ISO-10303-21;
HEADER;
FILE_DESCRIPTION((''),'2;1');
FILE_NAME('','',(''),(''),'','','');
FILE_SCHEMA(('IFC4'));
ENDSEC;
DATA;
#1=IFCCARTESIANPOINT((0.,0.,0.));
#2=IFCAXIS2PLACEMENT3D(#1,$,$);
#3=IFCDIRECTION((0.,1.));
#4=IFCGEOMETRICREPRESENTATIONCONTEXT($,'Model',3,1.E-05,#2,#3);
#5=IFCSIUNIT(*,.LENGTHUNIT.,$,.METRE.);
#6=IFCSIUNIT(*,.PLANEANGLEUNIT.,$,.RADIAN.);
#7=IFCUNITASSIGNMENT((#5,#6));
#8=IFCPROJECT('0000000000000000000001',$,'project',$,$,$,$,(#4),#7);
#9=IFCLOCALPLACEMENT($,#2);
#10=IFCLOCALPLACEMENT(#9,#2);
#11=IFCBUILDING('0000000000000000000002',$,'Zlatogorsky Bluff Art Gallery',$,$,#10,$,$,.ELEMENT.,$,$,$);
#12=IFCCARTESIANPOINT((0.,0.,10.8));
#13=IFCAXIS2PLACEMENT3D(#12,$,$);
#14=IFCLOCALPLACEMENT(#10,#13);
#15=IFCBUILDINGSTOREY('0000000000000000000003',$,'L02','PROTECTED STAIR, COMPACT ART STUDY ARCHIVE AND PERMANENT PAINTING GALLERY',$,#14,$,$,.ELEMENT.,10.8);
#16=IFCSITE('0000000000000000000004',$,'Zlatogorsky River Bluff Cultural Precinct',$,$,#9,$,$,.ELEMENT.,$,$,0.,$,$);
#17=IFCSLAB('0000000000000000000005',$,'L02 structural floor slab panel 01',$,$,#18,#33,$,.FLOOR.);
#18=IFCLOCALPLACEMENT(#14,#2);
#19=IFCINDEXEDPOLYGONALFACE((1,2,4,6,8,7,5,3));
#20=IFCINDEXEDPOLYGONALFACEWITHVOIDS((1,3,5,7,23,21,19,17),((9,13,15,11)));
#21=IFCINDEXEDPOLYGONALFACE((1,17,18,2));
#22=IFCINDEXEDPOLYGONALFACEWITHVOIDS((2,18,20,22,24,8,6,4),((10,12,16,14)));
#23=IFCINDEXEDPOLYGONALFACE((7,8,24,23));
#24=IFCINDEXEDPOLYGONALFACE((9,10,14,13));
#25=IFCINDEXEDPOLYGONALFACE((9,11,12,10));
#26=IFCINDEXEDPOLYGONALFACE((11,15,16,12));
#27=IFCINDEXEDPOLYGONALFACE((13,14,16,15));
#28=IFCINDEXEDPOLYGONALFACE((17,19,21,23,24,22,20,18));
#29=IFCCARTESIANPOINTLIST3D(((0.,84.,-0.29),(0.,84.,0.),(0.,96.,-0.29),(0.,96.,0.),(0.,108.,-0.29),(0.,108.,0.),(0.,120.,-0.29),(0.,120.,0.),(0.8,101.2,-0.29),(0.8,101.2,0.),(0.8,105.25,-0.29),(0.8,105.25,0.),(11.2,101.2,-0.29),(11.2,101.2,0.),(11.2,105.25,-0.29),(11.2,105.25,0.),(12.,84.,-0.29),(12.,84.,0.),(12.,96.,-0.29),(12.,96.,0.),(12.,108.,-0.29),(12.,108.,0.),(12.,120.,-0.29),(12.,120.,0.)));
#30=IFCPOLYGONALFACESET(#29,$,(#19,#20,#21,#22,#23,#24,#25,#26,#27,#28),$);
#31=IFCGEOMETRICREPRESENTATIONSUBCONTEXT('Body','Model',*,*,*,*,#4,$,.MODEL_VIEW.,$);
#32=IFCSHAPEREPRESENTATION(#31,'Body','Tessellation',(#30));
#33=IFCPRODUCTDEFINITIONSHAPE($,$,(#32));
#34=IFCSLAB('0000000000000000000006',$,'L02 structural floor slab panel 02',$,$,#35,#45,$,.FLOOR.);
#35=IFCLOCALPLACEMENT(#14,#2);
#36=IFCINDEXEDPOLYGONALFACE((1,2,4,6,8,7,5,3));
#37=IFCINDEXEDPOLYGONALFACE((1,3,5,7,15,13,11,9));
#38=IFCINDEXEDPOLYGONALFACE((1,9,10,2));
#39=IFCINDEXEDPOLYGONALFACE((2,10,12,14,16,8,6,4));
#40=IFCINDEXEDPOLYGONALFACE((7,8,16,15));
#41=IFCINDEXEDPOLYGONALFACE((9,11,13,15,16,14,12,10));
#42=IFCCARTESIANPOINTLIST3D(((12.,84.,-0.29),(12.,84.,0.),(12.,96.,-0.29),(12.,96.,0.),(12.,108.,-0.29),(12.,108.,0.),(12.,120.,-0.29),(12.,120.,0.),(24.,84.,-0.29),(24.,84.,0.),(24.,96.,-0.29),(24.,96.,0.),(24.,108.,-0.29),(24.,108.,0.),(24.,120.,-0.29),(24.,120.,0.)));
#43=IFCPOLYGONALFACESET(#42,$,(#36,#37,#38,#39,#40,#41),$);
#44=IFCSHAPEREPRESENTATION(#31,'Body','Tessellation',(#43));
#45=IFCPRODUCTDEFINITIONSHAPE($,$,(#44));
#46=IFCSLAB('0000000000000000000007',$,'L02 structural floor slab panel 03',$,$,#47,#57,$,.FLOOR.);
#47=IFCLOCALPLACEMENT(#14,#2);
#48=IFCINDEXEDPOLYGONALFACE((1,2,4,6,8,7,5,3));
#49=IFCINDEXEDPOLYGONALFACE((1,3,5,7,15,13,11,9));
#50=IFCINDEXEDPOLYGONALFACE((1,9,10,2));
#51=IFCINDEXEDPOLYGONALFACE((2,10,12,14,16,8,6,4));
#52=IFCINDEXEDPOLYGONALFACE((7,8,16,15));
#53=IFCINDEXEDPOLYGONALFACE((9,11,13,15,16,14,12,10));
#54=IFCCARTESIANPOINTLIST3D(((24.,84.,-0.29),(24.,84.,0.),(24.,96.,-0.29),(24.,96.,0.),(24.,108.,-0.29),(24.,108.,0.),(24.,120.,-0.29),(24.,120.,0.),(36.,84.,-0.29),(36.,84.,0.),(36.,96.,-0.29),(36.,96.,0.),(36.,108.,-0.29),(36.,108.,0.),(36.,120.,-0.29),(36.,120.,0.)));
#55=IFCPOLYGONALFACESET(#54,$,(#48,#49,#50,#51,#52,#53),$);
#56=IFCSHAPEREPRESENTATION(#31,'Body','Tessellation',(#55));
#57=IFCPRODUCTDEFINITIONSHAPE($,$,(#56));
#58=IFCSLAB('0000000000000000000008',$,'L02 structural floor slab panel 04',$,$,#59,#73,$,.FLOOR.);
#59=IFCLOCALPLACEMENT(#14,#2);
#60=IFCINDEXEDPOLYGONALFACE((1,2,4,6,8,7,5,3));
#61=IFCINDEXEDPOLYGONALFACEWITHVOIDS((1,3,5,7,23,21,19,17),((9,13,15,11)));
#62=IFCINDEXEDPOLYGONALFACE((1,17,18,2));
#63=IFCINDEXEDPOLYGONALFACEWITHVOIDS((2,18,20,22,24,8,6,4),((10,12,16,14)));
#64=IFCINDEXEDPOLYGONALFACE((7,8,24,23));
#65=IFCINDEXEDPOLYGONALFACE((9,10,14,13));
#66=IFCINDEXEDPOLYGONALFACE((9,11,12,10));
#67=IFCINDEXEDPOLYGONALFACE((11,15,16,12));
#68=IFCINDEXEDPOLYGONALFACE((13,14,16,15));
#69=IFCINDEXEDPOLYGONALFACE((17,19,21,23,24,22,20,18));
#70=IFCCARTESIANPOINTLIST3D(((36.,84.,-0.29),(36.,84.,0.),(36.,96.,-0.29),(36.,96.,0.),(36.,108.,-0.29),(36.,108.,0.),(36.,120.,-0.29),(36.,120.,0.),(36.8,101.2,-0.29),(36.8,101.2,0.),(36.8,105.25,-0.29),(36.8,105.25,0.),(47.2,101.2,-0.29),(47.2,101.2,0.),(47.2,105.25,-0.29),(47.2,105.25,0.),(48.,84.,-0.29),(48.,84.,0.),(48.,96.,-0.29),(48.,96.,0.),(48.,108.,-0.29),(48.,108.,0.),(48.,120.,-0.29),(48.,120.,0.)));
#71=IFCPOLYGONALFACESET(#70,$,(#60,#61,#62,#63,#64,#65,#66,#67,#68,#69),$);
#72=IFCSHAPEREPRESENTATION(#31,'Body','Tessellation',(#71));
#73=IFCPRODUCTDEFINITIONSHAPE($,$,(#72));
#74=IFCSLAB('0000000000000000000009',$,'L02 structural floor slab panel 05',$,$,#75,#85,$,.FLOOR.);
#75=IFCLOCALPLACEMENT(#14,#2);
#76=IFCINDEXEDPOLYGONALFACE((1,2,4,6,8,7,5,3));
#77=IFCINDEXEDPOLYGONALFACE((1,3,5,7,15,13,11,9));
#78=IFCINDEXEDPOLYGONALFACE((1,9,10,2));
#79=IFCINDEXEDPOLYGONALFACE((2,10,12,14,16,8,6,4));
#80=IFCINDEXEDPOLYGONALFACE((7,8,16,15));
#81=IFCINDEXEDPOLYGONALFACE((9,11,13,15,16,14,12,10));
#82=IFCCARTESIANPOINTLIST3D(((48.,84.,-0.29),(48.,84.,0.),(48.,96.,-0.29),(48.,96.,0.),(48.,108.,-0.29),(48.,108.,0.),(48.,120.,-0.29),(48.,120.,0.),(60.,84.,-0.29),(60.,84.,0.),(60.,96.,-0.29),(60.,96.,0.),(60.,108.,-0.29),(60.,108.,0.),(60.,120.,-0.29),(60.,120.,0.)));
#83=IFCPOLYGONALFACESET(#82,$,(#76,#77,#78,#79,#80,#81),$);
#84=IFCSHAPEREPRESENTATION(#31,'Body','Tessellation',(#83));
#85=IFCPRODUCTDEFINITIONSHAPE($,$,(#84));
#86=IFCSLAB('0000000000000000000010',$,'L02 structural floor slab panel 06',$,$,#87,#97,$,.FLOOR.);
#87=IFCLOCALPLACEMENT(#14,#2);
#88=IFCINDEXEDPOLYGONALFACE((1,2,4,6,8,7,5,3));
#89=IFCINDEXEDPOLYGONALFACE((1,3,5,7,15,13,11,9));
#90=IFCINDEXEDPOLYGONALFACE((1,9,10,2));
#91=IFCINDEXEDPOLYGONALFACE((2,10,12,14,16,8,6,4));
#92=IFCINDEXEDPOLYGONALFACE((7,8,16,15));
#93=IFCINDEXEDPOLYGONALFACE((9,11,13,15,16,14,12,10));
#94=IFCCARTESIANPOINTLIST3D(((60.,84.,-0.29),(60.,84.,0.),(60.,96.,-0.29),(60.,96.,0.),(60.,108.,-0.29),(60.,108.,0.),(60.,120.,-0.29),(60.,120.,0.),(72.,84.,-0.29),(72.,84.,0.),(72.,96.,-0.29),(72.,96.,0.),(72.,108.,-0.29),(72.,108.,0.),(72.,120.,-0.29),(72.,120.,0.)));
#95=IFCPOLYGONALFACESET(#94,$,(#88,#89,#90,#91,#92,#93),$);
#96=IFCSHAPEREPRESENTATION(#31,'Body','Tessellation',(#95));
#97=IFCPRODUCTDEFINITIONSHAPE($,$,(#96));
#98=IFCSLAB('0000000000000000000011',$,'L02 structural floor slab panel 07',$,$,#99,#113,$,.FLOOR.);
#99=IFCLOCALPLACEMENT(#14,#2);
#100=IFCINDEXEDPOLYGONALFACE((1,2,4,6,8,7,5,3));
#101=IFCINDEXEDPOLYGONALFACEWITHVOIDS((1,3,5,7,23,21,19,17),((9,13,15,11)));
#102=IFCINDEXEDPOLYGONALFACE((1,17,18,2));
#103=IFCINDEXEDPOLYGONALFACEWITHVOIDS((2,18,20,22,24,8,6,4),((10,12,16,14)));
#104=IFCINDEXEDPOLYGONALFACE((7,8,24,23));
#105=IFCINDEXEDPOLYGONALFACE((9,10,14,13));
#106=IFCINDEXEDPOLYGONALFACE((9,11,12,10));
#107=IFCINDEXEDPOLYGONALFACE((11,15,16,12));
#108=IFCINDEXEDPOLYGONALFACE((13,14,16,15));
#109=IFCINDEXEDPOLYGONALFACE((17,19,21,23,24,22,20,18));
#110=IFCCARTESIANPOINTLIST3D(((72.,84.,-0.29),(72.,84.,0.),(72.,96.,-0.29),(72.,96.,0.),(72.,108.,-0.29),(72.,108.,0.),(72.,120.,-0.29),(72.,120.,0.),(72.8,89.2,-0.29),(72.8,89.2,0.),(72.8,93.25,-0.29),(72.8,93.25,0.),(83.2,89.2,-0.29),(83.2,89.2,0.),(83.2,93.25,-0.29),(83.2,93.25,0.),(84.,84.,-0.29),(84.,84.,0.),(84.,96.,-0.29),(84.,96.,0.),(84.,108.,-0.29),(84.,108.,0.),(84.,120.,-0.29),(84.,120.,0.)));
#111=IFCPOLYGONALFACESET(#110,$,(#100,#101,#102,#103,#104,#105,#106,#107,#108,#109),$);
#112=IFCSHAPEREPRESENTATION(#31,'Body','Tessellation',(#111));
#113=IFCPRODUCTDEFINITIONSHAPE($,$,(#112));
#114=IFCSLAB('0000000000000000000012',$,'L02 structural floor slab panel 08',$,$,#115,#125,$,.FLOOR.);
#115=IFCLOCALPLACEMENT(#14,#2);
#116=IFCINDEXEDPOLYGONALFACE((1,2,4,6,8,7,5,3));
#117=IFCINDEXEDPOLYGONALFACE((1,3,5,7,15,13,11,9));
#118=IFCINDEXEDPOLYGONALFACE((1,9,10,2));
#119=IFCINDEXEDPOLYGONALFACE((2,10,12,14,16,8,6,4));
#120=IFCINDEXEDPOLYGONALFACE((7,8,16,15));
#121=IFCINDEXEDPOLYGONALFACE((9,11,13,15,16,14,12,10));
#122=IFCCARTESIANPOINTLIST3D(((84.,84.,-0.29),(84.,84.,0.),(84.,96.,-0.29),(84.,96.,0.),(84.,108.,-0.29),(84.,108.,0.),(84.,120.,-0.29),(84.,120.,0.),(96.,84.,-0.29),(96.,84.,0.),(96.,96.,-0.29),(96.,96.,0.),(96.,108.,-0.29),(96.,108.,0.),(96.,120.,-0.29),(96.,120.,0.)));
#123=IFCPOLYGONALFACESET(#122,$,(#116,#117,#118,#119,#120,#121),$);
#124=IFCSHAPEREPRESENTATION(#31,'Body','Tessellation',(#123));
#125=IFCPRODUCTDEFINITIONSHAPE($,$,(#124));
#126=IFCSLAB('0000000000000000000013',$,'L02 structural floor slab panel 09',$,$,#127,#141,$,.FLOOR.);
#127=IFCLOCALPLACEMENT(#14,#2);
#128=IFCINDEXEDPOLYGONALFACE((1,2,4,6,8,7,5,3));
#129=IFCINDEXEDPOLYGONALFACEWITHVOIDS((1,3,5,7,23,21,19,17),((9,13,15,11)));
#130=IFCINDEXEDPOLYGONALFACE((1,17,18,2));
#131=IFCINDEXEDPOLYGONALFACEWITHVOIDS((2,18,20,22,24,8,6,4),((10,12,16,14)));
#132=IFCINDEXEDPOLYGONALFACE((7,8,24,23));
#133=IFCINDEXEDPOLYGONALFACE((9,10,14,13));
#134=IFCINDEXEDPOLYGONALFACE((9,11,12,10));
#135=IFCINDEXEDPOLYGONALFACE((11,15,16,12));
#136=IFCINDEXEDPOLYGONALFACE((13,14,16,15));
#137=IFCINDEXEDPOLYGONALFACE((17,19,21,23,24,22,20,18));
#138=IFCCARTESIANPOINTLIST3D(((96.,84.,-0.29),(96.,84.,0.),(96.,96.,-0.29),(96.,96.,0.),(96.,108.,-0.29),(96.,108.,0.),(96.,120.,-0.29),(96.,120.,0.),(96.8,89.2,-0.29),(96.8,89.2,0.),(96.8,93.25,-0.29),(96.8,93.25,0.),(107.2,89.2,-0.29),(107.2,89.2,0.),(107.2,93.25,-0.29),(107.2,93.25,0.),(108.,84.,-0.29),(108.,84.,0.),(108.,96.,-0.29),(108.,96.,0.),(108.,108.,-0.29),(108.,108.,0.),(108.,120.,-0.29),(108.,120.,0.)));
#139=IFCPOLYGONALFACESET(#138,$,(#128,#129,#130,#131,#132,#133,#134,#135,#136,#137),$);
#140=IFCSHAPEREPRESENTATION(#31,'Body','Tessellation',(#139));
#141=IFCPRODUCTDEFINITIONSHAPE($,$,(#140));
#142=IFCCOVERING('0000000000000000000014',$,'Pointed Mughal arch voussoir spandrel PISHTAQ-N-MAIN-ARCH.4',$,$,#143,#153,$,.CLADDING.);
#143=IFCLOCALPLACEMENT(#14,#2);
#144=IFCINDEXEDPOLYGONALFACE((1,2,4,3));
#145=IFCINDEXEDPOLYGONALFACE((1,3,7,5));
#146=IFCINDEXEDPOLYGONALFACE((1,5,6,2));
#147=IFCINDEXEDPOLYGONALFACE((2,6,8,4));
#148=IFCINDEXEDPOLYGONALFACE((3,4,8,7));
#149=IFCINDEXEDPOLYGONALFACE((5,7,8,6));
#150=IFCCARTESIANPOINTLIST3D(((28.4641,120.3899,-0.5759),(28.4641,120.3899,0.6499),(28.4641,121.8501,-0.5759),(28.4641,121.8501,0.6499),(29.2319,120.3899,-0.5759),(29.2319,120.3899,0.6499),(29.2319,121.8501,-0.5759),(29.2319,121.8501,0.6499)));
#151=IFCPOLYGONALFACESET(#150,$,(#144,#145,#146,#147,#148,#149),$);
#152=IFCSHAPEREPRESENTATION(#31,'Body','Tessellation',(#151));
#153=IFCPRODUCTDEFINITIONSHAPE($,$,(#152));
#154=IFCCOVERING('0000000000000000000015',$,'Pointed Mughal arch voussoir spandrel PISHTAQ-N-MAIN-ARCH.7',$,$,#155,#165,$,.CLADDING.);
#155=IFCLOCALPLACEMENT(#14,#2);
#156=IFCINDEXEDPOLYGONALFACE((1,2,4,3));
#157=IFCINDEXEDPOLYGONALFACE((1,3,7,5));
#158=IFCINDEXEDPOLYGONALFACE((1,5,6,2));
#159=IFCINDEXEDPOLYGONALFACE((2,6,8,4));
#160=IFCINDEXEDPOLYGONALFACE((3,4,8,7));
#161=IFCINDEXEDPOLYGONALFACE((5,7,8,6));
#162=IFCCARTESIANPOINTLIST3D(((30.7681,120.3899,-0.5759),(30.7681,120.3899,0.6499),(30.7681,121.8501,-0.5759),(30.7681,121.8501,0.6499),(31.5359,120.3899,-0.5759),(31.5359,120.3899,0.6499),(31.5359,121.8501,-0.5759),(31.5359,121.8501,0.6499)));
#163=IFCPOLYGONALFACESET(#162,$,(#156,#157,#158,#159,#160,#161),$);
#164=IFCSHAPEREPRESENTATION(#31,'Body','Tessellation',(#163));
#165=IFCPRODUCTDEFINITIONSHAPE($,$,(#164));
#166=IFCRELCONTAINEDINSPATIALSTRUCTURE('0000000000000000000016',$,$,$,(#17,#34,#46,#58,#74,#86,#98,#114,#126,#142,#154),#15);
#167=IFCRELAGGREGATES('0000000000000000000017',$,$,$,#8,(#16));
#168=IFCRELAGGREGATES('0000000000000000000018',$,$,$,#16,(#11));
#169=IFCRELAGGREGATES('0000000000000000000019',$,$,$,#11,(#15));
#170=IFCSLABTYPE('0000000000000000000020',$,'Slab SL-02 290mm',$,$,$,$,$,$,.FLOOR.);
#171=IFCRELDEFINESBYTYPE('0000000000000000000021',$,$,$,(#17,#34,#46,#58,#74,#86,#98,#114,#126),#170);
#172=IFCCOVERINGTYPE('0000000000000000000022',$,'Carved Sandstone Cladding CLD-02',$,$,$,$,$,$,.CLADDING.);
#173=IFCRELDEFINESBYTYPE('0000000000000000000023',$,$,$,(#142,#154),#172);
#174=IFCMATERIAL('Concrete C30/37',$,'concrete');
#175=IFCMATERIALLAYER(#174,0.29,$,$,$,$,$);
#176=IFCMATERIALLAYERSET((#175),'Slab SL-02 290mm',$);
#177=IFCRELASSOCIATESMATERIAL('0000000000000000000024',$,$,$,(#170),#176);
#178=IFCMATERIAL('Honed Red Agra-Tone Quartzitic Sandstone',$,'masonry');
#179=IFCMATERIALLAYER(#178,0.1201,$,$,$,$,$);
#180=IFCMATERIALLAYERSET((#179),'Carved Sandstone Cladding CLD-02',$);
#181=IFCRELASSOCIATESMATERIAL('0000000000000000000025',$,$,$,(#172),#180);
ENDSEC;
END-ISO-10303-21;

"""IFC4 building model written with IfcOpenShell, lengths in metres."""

from ifc_helpers import new_model, si_unit, direction, frame, origin, place, context, subcontext, project, spatial, polyline, outline, extrude, material, layer, layer_set, type_object, element, save


model = new_model("IFC4")

# Units and contexts
model_context = context("Model", 3, precision=1e-05, world=origin(), true_north=direction((0.0, 1.0)))
body_context = subcontext(model_context, "Body", "Model", "MODEL_VIEW")
ifc_project = project(units=[si_unit("LENGTHUNIT", "METRE"), si_unit("PLANEANGLEUNIT", "RADIAN")], contexts=[model_context])

# Site, building, storey
site_placement = place(None, origin())
site = spatial("IfcSite", under=ifc_project, at=site_placement, Name="Zlatogorsky River Bluff Cultural Precinct", CompositionType="ELEMENT", RefElevation=0.0)
building_placement = place(site_placement, origin())
building = spatial("IfcBuilding", under=site, at=building_placement, Name="Zlatogorsky Bluff Art Gallery", CompositionType="ELEMENT")
storey_placement = place(building_placement, frame((0.0, 0.0, 10.8)))
storey = spatial("IfcBuildingStorey", under=building, at=storey_placement, Name="L02", Description="PROTECTED STAIR, COMPACT ART STUDY ARCHIVE AND PERMANENT PAINTING GALLERY", CompositionType="ELEMENT", Elevation=10.8)

# Slabs
ifc_material_1 = material(Name="Concrete C30/37", Category="concrete")
ifc_layer_1 = layer(ifc_material_1, 0.29)
ifc_layer_set_1 = layer_set([ifc_layer_1], Name="Slab SL-02 290mm")
slab_type = type_object("IfcSlabType", Name="Slab SL-02 290mm", PredefinedType="FLOOR", material=ifc_layer_set_1)
slab_1_placement = place(storey_placement, frame((0.0, 0.0, -0.29)))
element("IfcSlab", 1, at=slab_1_placement, inside=storey, type_object=slab_type, Name="L02 structural floor slab panel 01", PredefinedType="FLOOR", context=body_context, shape_type="SweptSolid", body=[
    extrude(outline(polyline([(0.0, 84.0), (0.0, 96.0), (0.0, 108.0), (0.0, 120.0), (12.0, 120.0), (12.0, 108.0), (12.0, 96.0), (12.0, 84.0), (0.0, 84.0)]), holes=[polyline([(11.2, 101.2), (11.2, 105.25), (0.8, 105.25), (0.8, 101.2), (11.2, 101.2)])]), origin(), (0.0, 0.0, 1.0), 0.29),
])
slab_2_placement = place(storey_placement, frame((0.0, 0.0, -0.29)))
element("IfcSlab", 2, at=slab_2_placement, inside=storey, type_object=slab_type, Name="L02 structural floor slab panel 02", PredefinedType="FLOOR", context=body_context, shape_type="SweptSolid", body=[
    extrude(outline(polyline([(12.0, 84.0), (12.0, 96.0), (12.0, 108.0), (12.0, 120.0), (24.0, 120.0), (24.0, 108.0), (24.0, 96.0), (24.0, 84.0), (12.0, 84.0)])), origin(), (0.0, 0.0, 1.0), 0.29),
])
slab_3_placement = place(storey_placement, frame((0.0, 0.0, -0.29)))
element("IfcSlab", 3, at=slab_3_placement, inside=storey, type_object=slab_type, Name="L02 structural floor slab panel 03", PredefinedType="FLOOR", context=body_context, shape_type="SweptSolid", body=[
    extrude(outline(polyline([(24.0, 84.0), (24.0, 96.0), (24.0, 108.0), (24.0, 120.0), (36.0, 120.0), (36.0, 108.0), (36.0, 96.0), (36.0, 84.0), (24.0, 84.0)])), origin(), (0.0, 0.0, 1.0), 0.29),
])
slab_4_placement = place(storey_placement, frame((0.0, 0.0, -0.29)))
element("IfcSlab", 4, at=slab_4_placement, inside=storey, type_object=slab_type, Name="L02 structural floor slab panel 04", PredefinedType="FLOOR", context=body_context, shape_type="SweptSolid", body=[
    extrude(outline(polyline([(36.0, 84.0), (36.0, 96.0), (36.0, 108.0), (36.0, 120.0), (48.0, 120.0), (48.0, 108.0), (48.0, 96.0), (48.0, 84.0), (36.0, 84.0)]), holes=[polyline([(47.2, 105.25), (36.8, 105.25), (36.8, 101.2), (47.2, 101.2), (47.2, 105.25)])]), origin(), (0.0, 0.0, 1.0), 0.29),
])
slab_5_placement = place(storey_placement, frame((0.0, 0.0, -0.29)))
element("IfcSlab", 5, at=slab_5_placement, inside=storey, type_object=slab_type, Name="L02 structural floor slab panel 05", PredefinedType="FLOOR", context=body_context, shape_type="SweptSolid", body=[
    extrude(outline(polyline([(48.0, 84.0), (48.0, 96.0), (48.0, 108.0), (48.0, 120.0), (60.0, 120.0), (60.0, 108.0), (60.0, 96.0), (60.0, 84.0), (48.0, 84.0)])), origin(), (0.0, 0.0, 1.0), 0.29),
])
slab_6_placement = place(storey_placement, frame((0.0, 0.0, -0.29)))
element("IfcSlab", 6, at=slab_6_placement, inside=storey, type_object=slab_type, Name="L02 structural floor slab panel 06", PredefinedType="FLOOR", context=body_context, shape_type="SweptSolid", body=[
    extrude(outline(polyline([(60.0, 84.0), (60.0, 96.0), (60.0, 108.0), (60.0, 120.0), (72.0, 120.0), (72.0, 108.0), (72.0, 96.0), (72.0, 84.0), (60.0, 84.0)])), origin(), (0.0, 0.0, 1.0), 0.29),
])
slab_7_placement = place(storey_placement, frame((0.0, 0.0, -0.29)))
element("IfcSlab", 7, at=slab_7_placement, inside=storey, type_object=slab_type, Name="L02 structural floor slab panel 07", PredefinedType="FLOOR", context=body_context, shape_type="SweptSolid", body=[
    extrude(outline(polyline([(72.0, 84.0), (72.0, 96.0), (72.0, 108.0), (72.0, 120.0), (84.0, 120.0), (84.0, 108.0), (84.0, 96.0), (84.0, 84.0), (72.0, 84.0)]), holes=[polyline([(83.2, 89.2), (83.2, 93.25), (72.8, 93.25), (72.8, 89.2), (83.2, 89.2)])]), origin(), (0.0, 0.0, 1.0), 0.29),
])
slab_8_placement = place(storey_placement, frame((0.0, 0.0, -0.29)))
element("IfcSlab", 8, at=slab_8_placement, inside=storey, type_object=slab_type, Name="L02 structural floor slab panel 08", PredefinedType="FLOOR", context=body_context, shape_type="SweptSolid", body=[
    extrude(outline(polyline([(84.0, 84.0), (84.0, 96.0), (84.0, 108.0), (84.0, 120.0), (96.0, 120.0), (96.0, 108.0), (96.0, 96.0), (96.0, 84.0), (84.0, 84.0)])), origin(), (0.0, 0.0, 1.0), 0.29),
])
slab_9_placement = place(storey_placement, frame((0.0, 0.0, -0.29)))
element("IfcSlab", 9, at=slab_9_placement, inside=storey, type_object=slab_type, Name="L02 structural floor slab panel 09", PredefinedType="FLOOR", context=body_context, shape_type="SweptSolid", body=[
    extrude(outline(polyline([(96.0, 84.0), (96.0, 96.0), (96.0, 108.0), (96.0, 120.0), (108.0, 120.0), (108.0, 108.0), (108.0, 96.0), (108.0, 84.0), (96.0, 84.0)]), holes=[polyline([(107.2, 93.25), (96.8, 93.25), (96.8, 89.2), (107.2, 89.2), (107.2, 93.25)])]), origin(), (0.0, 0.0, 1.0), 0.29),
])

# Coverings
ifc_material_2 = material(Name="Honed Red Agra-Tone Quartzitic Sandstone", Category="masonry")
ifc_layer_2 = layer(ifc_material_2, 0.1201)
ifc_layer_set_2 = layer_set([ifc_layer_2], Name="Carved Sandstone Cladding CLD-02")
covering_type_1 = type_object("IfcCoveringType", Name="Carved Sandstone Cladding CLD-02", PredefinedType="CLADDING", material=ifc_layer_set_2)
covering_1_placement = place(storey_placement, frame((0.0, 0.0, -0.5759)))
element("IfcCovering", 10, at=covering_1_placement, inside=storey, type_object=covering_type_1, Name="Pointed Mughal arch voussoir spandrel PISHTAQ-N-MAIN-ARCH.4", PredefinedType="CLADDING", context=body_context, shape_type="SweptSolid", body=[
    extrude(outline(polyline([(28.4641, 120.3899), (29.2319, 120.3899), (29.2319, 121.8501), (28.4641, 121.8501), (28.4641, 120.3899)])), origin(), (0.0, 0.0, 1.0), 1.2258),
])
covering_2_placement = place(storey_placement, frame((0.0, 0.0, -0.5759)))
element("IfcCovering", 11, at=covering_2_placement, inside=storey, type_object=covering_type_1, Name="Pointed Mughal arch voussoir spandrel PISHTAQ-N-MAIN-ARCH.7", PredefinedType="CLADDING", context=body_context, shape_type="SweptSolid", body=[
    extrude(outline(polyline([(30.7681, 120.3899), (31.5359, 120.3899), (31.5359, 121.8501), (30.7681, 121.8501), (30.7681, 120.3899)])), origin(), (0.0, 0.0, 1.0), 1.2258),
])

save(model, "model.ifc")
